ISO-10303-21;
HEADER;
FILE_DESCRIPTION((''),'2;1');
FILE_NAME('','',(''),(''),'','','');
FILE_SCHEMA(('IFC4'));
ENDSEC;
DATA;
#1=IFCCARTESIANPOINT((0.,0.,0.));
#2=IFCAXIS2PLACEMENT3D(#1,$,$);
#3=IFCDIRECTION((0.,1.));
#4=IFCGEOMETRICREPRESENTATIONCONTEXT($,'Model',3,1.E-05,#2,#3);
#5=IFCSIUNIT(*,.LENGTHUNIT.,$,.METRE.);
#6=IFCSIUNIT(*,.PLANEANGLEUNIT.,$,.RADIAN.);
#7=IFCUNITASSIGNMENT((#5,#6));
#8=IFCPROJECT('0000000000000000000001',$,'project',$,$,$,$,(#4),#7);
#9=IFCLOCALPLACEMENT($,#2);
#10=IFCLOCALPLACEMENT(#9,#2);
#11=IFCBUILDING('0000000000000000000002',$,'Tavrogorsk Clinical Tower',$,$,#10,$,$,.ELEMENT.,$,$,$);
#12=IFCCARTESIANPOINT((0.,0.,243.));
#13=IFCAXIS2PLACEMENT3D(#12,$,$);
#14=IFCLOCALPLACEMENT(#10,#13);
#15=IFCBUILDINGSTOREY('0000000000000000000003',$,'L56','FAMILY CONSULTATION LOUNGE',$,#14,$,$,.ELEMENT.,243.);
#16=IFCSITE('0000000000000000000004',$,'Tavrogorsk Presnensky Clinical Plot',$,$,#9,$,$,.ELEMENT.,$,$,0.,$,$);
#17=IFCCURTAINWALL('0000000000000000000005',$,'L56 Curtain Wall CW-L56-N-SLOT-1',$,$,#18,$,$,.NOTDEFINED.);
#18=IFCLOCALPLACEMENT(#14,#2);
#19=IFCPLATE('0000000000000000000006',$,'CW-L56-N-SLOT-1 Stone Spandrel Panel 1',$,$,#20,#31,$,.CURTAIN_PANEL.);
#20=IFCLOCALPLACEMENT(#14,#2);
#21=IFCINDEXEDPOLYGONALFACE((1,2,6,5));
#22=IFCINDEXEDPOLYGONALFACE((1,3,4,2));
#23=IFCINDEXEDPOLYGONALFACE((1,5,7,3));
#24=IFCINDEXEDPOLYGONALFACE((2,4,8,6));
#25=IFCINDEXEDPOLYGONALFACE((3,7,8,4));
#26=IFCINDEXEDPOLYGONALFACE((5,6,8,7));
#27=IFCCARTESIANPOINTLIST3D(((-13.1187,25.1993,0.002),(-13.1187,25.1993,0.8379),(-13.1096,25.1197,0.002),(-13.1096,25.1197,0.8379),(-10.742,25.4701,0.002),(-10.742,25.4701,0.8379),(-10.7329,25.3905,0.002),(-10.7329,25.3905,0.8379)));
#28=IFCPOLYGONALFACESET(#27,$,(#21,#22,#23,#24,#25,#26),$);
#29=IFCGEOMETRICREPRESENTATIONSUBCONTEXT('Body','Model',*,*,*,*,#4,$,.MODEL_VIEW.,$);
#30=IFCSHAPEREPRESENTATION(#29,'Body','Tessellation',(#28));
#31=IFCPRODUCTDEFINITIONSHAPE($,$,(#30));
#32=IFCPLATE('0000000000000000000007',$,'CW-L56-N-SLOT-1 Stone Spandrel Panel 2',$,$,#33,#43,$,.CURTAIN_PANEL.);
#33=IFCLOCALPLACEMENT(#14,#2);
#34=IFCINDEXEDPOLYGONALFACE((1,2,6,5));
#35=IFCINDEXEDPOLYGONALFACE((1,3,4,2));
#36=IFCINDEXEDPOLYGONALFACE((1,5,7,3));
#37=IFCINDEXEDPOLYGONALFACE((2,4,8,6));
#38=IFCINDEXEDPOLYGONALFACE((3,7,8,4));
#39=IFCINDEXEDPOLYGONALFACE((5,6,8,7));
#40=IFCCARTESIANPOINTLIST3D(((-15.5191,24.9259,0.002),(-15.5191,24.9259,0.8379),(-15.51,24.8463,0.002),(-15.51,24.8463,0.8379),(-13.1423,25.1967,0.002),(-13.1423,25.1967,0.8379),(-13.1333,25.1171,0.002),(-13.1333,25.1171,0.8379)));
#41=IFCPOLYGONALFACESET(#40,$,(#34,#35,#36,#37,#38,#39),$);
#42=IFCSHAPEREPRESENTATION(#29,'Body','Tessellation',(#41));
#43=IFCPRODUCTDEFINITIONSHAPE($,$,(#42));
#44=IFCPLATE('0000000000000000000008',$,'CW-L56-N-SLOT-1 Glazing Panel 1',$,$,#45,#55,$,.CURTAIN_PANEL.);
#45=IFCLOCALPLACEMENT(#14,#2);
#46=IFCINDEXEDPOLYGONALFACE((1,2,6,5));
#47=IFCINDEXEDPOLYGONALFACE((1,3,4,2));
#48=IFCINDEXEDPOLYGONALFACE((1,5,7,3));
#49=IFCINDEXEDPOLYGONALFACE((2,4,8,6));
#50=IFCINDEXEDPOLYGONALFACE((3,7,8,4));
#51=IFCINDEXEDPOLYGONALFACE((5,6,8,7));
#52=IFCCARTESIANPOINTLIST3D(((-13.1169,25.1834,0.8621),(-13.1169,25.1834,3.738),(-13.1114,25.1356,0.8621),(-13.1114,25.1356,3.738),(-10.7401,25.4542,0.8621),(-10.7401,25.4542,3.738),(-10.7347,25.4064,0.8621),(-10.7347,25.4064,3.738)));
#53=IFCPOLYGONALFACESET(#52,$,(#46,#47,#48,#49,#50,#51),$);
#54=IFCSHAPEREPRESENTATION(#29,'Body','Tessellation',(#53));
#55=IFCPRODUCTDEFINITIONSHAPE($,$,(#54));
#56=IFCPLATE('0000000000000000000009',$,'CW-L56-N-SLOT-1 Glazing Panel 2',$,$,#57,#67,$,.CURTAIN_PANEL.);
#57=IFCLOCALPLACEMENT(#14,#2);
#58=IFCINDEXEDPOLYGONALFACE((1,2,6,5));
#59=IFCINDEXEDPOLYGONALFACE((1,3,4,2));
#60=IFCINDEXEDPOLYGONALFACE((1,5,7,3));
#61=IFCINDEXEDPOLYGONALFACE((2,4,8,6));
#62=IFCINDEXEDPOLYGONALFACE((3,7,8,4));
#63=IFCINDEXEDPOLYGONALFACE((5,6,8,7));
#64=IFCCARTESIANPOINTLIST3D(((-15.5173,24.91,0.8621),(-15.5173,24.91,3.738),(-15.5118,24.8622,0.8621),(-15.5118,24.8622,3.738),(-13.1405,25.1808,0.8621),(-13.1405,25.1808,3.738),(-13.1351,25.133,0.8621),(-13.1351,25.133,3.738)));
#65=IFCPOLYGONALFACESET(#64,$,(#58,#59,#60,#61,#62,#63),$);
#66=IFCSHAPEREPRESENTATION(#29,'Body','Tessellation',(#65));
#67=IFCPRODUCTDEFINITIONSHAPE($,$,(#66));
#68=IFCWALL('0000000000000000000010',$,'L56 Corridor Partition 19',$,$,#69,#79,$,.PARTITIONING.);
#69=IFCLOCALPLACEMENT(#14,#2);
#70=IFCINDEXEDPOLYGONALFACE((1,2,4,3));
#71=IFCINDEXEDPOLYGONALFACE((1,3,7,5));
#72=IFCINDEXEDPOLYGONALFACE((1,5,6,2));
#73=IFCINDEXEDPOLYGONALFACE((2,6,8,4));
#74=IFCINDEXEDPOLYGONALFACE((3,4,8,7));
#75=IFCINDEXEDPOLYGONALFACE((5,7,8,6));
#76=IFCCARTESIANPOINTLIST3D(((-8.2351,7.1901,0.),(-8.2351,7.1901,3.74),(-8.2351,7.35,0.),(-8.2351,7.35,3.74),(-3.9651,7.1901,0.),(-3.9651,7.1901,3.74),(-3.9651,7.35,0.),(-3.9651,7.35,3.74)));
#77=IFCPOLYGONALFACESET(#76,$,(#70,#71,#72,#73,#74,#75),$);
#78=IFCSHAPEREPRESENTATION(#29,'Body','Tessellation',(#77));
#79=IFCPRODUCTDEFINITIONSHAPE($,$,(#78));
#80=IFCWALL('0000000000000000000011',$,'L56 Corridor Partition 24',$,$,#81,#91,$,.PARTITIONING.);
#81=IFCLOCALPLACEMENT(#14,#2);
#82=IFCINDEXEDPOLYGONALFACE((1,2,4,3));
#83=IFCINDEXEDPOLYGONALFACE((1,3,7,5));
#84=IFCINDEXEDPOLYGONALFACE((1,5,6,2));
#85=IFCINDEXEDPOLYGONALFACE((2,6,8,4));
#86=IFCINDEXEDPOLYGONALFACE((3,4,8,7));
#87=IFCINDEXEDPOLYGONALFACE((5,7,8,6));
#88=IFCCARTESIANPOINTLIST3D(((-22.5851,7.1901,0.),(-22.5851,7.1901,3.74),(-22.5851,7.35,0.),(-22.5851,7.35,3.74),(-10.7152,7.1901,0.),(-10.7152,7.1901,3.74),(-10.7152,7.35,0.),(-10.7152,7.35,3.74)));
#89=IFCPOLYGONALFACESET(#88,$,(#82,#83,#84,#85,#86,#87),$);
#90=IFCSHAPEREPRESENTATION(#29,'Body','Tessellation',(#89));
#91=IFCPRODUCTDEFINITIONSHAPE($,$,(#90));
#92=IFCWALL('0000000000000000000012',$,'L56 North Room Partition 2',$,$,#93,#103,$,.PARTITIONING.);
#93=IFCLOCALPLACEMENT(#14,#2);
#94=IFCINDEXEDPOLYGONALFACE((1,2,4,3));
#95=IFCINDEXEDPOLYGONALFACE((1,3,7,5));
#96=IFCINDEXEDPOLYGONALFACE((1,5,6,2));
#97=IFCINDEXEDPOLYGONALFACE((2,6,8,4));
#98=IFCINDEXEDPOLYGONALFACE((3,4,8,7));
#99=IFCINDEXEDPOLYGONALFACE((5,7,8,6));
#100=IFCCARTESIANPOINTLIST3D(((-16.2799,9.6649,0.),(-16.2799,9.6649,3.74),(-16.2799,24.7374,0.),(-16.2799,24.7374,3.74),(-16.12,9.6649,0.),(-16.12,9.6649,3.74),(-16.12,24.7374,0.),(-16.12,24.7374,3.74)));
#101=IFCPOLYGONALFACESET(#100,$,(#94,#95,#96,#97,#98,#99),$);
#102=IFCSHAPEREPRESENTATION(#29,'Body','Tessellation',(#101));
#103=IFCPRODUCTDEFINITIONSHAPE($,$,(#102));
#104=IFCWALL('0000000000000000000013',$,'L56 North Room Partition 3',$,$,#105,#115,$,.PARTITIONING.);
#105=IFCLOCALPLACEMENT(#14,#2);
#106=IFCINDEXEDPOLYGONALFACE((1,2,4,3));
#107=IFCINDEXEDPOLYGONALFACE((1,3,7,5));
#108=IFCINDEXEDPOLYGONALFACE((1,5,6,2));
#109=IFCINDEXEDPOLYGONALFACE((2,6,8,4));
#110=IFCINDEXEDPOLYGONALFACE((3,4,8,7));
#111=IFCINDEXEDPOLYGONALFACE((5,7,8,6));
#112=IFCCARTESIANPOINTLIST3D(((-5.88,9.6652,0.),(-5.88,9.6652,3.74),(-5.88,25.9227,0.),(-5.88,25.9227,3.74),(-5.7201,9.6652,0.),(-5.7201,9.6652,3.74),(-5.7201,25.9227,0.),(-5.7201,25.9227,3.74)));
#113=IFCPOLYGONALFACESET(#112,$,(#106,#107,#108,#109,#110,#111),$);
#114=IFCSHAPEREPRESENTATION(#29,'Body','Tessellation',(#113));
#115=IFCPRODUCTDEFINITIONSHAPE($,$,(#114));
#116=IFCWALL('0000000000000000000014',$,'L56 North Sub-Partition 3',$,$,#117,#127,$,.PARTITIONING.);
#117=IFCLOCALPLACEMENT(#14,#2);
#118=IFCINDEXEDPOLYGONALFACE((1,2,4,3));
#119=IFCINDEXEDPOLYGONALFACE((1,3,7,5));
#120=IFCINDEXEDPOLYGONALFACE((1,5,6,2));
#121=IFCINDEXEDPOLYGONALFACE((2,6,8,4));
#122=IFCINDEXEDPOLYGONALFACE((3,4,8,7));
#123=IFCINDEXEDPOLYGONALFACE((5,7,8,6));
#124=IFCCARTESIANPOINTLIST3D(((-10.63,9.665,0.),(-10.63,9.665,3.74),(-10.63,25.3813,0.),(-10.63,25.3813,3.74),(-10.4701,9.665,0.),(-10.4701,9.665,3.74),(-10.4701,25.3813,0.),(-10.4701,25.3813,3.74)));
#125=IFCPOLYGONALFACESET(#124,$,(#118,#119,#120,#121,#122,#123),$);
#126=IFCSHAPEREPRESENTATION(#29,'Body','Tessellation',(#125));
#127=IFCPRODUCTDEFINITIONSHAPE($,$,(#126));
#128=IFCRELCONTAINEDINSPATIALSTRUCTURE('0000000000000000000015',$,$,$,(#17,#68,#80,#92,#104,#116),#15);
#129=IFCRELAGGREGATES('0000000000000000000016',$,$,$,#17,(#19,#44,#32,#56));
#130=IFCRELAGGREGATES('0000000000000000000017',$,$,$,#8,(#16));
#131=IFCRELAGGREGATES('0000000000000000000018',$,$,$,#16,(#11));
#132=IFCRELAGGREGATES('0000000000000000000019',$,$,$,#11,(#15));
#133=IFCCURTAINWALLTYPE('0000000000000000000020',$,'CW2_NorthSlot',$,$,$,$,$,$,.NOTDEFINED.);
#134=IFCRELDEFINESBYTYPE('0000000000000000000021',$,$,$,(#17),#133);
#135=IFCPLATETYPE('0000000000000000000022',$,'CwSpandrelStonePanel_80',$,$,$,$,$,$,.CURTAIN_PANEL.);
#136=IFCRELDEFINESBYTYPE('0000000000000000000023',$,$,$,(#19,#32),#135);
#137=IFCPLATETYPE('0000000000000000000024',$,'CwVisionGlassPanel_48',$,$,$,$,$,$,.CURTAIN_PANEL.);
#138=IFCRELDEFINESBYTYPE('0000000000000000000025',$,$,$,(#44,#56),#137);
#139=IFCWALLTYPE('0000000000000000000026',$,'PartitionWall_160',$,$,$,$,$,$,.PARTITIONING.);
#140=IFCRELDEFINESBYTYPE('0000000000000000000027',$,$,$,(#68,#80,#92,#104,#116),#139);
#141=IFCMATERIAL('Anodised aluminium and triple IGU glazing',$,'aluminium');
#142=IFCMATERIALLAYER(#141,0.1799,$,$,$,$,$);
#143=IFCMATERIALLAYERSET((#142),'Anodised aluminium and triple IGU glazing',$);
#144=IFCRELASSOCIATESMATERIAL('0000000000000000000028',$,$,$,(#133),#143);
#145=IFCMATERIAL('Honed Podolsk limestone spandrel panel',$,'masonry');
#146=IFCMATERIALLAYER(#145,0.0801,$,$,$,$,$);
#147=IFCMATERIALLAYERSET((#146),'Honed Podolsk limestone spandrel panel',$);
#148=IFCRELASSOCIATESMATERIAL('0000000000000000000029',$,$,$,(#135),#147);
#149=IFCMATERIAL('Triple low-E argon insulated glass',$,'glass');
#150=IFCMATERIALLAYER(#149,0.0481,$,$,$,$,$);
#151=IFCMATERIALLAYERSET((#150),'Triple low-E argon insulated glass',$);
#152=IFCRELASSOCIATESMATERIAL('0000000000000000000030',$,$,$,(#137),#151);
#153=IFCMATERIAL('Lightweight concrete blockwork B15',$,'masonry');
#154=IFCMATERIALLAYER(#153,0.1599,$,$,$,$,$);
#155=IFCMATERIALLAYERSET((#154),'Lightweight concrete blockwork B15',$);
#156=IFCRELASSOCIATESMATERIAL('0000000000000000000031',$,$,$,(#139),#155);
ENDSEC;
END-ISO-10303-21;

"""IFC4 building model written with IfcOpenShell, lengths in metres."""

from ifc_helpers import new_model, si_unit, direction, frame, frame_2d, origin, origin_2d, place, context, subcontext, project, spatial, rectangle, extrude, material, layer, layer_set, type_object, element, aggregate, save


model = new_model("IFC4")

# Units and contexts
model_context = context("Model", 3, precision=1e-05, world=origin(), true_north=direction((0.0, 1.0)))
body_context = subcontext(model_context, "Body", "Model", "MODEL_VIEW")
ifc_project = project(units=[si_unit("LENGTHUNIT", "METRE"), si_unit("PLANEANGLEUNIT", "RADIAN")], contexts=[model_context])

# Site, building, storey
site_placement = place(None, origin())
site = spatial("IfcSite", under=ifc_project, at=site_placement, Name="Tavrogorsk Presnensky Clinical Plot", CompositionType="ELEMENT", RefElevation=0.0)
building_placement = place(site_placement, origin())
building = spatial("IfcBuilding", under=site, at=building_placement, Name="Tavrogorsk Clinical Tower", CompositionType="ELEMENT")
storey_placement = place(building_placement, frame((0.0, 0.0, 243.0)))
storey = spatial("IfcBuildingStorey", under=building, at=storey_placement, Name="L56", Description="FAMILY CONSULTATION LOUNGE", CompositionType="ELEMENT", Elevation=243.0)

# Curtain wall
ifc_material_1 = material(Name="Anodised aluminium and triple IGU glazing", Category="aluminium")
ifc_layer_1 = layer(ifc_material_1, 0.1799)
ifc_layer_set_1 = layer_set([ifc_layer_1], Name="Anodised aluminium and triple IGU glazing")
curtain_wall_type = type_object("IfcCurtainWallType", Name="CW2_NorthSlot", PredefinedType="NOTDEFINED", material=ifc_layer_set_1)
curtain_wall_placement = place(storey_placement, origin())
curtain_wall = element("IfcCurtainWall", 1, at=curtain_wall_placement, inside=storey, type_object=curtain_wall_type, Name="L56 Curtain Wall CW-L56-N-SLOT-1", PredefinedType="NOTDEFINED")

# Plates
ifc_material_2 = material(Name="Honed Podolsk limestone spandrel panel", Category="masonry")
ifc_layer_2 = layer(ifc_material_2, 0.0801)
ifc_layer_set_2 = layer_set([ifc_layer_2], Name="Honed Podolsk limestone spandrel panel")
plate_type_1 = type_object("IfcPlateType", Name="CwSpandrelStonePanel_80", PredefinedType="CURTAIN_PANEL", material=ifc_layer_set_2)
plate_1_placement = place(storey_placement, frame((-11.9258, 25.2949, 0.002), z_axis=(0.0, 0.0, 1.0), x_axis=(-0.993572, -0.113203, 0.0)))
plate_1 = element("IfcPlate", 2, at=plate_1_placement, type_object=plate_type_1, Name="CW-L56-N-SLOT-1 Stone Spandrel Panel 1", PredefinedType="CURTAIN_PANEL", context=body_context, shape_type="SweptSolid", body=[
    extrude(rectangle(XDim=2.3921, YDim=0.0801, at=origin_2d()), origin(), (0.0, 0.0, 1.0), 0.8359),
])
plate_2_placement = place(storey_placement, frame((-14.3262, 25.0215, 0.002), z_axis=(0.0, 0.0, 1.0), x_axis=(-0.993572, -0.113203, 0.0)))
plate_2 = element("IfcPlate", 3, at=plate_2_placement, type_object=plate_type_1, Name="CW-L56-N-SLOT-1 Stone Spandrel Panel 2", PredefinedType="CURTAIN_PANEL", context=body_context, shape_type="SweptSolid", body=[
    extrude(rectangle(XDim=2.3921, YDim=0.0801, at=origin_2d()), origin(), (0.0, 0.0, 1.0), 0.8359),
])
ifc_material_3 = material(Name="Triple low-E argon insulated glass", Category="glass")
ifc_layer_3 = layer(ifc_material_3, 0.0481)
ifc_layer_set_3 = layer_set([ifc_layer_3], Name="Triple low-E argon insulated glass")
plate_type_2 = type_object("IfcPlateType", Name="CwVisionGlassPanel_48", PredefinedType="CURTAIN_PANEL", material=ifc_layer_set_3)
plate_3_placement = place(storey_placement, frame((-11.9258, 25.2949, 0.8621), z_axis=(0.0, 0.0, 1.0), x_axis=(-0.993572, -0.113203, 0.0)))
plate_3 = element("IfcPlate", 4, at=plate_3_placement, type_object=plate_type_2, Name="CW-L56-N-SLOT-1 Glazing Panel 1", PredefinedType="CURTAIN_PANEL", context=body_context, shape_type="SweptSolid", body=[
    extrude(rectangle(XDim=2.3921, YDim=0.0481, at=origin_2d()), origin(), (0.0, 0.0, 1.0), 2.876),
])
plate_4_placement = place(storey_placement, frame((-14.3262, 25.0215, 0.8621), z_axis=(0.0, 0.0, 1.0), x_axis=(-0.993572, -0.113203, 0.0)))
plate_4 = element("IfcPlate", 5, at=plate_4_placement, type_object=plate_type_2, Name="CW-L56-N-SLOT-1 Glazing Panel 2", PredefinedType="CURTAIN_PANEL", context=body_context, shape_type="SweptSolid", body=[
    extrude(rectangle(XDim=2.3921, YDim=0.0481, at=origin_2d()), origin(), (0.0, 0.0, 1.0), 2.876),
])
aggregate(curtain_wall, [plate_1, plate_3, plate_2, plate_4])

# Walls
ifc_material_4 = material(Name="Lightweight concrete blockwork B15", Category="masonry")
ifc_layer_4 = layer(ifc_material_4, 0.1599)
ifc_layer_set_4 = layer_set([ifc_layer_4], Name="Lightweight concrete blockwork B15")
wall_type_1 = type_object("IfcWallType", Name="PartitionWall_160", PredefinedType="PARTITIONING", material=ifc_layer_set_4)
wall_1_placement = place(storey_placement, frame((-3.9651, 7.27, 0.0), z_axis=(0.0, 0.0, 1.0), x_axis=(-1.0, 0.0, 0.0)))
element("IfcWall", 6, at=wall_1_placement, inside=storey, type_object=wall_type_1, Name="L56 Corridor Partition 19", PredefinedType="PARTITIONING", context=body_context, shape_type="SweptSolid", body=[
    extrude(rectangle(XDim=4.27, YDim=0.1599, at=frame_2d((2.135, 0.0))), origin(), (0.0, 0.0, 1.0), 3.74),
])
wall_2_placement = place(storey_placement, frame((-10.7151, 7.27, 0.0), z_axis=(0.0, 0.0, 1.0), x_axis=(-1.0, 0.0, 0.0)))
element("IfcWall", 7, at=wall_2_placement, inside=storey, type_object=wall_type_1, Name="L56 Corridor Partition 24", PredefinedType="PARTITIONING", context=body_context, shape_type="SweptSolid", body=[
    extrude(rectangle(XDim=11.8699, YDim=0.1599, at=frame_2d((5.9351, 0.0))), origin(), (0.0, 0.0, 1.0), 3.74),
])
wall_3_placement = place(storey_placement, frame((-16.2, 9.665, 0.0), z_axis=(0.0, 0.0, 1.0), x_axis=(0.0, 1.0, 0.0)))
element("IfcWall", 8, at=wall_3_placement, inside=storey, type_object=wall_type_1, Name="L56 North Room Partition 2", PredefinedType="PARTITIONING", context=body_context, shape_type="SweptSolid", body=[
    extrude(rectangle(XDim=15.0725, YDim=0.1599, at=frame_2d((7.5361, 0.0))), origin(), (0.0, 0.0, 1.0), 3.74),
])
wall_4_placement = place(storey_placement, frame((-5.8, 9.665, 0.0), z_axis=(0.0, 0.0, 1.0), x_axis=(0.0, 1.0, 0.0)))
element("IfcWall", 9, at=wall_4_placement, inside=storey, type_object=wall_type_1, Name="L56 North Room Partition 3", PredefinedType="PARTITIONING", context=body_context, shape_type="SweptSolid", body=[
    extrude(rectangle(XDim=16.2576, YDim=0.1599, at=frame_2d((8.1289, 0.0))), origin(), (0.0, 0.0, 1.0), 3.74),
])
wall_5_placement = place(storey_placement, frame((-10.55, 9.665, 0.0), z_axis=(0.0, 0.0, 1.0), x_axis=(0.0, 1.0, 0.0)))
element("IfcWall", 10, at=wall_5_placement, inside=storey, type_object=wall_type_1, Name="L56 North Sub-Partition 3", PredefinedType="PARTITIONING", context=body_context, shape_type="SweptSolid", body=[
    extrude(rectangle(XDim=15.7163, YDim=0.1599, at=frame_2d((7.8582, 0.0))), origin(), (0.0, 0.0, 1.0), 3.74),
])

save(model, "model.ifc")
